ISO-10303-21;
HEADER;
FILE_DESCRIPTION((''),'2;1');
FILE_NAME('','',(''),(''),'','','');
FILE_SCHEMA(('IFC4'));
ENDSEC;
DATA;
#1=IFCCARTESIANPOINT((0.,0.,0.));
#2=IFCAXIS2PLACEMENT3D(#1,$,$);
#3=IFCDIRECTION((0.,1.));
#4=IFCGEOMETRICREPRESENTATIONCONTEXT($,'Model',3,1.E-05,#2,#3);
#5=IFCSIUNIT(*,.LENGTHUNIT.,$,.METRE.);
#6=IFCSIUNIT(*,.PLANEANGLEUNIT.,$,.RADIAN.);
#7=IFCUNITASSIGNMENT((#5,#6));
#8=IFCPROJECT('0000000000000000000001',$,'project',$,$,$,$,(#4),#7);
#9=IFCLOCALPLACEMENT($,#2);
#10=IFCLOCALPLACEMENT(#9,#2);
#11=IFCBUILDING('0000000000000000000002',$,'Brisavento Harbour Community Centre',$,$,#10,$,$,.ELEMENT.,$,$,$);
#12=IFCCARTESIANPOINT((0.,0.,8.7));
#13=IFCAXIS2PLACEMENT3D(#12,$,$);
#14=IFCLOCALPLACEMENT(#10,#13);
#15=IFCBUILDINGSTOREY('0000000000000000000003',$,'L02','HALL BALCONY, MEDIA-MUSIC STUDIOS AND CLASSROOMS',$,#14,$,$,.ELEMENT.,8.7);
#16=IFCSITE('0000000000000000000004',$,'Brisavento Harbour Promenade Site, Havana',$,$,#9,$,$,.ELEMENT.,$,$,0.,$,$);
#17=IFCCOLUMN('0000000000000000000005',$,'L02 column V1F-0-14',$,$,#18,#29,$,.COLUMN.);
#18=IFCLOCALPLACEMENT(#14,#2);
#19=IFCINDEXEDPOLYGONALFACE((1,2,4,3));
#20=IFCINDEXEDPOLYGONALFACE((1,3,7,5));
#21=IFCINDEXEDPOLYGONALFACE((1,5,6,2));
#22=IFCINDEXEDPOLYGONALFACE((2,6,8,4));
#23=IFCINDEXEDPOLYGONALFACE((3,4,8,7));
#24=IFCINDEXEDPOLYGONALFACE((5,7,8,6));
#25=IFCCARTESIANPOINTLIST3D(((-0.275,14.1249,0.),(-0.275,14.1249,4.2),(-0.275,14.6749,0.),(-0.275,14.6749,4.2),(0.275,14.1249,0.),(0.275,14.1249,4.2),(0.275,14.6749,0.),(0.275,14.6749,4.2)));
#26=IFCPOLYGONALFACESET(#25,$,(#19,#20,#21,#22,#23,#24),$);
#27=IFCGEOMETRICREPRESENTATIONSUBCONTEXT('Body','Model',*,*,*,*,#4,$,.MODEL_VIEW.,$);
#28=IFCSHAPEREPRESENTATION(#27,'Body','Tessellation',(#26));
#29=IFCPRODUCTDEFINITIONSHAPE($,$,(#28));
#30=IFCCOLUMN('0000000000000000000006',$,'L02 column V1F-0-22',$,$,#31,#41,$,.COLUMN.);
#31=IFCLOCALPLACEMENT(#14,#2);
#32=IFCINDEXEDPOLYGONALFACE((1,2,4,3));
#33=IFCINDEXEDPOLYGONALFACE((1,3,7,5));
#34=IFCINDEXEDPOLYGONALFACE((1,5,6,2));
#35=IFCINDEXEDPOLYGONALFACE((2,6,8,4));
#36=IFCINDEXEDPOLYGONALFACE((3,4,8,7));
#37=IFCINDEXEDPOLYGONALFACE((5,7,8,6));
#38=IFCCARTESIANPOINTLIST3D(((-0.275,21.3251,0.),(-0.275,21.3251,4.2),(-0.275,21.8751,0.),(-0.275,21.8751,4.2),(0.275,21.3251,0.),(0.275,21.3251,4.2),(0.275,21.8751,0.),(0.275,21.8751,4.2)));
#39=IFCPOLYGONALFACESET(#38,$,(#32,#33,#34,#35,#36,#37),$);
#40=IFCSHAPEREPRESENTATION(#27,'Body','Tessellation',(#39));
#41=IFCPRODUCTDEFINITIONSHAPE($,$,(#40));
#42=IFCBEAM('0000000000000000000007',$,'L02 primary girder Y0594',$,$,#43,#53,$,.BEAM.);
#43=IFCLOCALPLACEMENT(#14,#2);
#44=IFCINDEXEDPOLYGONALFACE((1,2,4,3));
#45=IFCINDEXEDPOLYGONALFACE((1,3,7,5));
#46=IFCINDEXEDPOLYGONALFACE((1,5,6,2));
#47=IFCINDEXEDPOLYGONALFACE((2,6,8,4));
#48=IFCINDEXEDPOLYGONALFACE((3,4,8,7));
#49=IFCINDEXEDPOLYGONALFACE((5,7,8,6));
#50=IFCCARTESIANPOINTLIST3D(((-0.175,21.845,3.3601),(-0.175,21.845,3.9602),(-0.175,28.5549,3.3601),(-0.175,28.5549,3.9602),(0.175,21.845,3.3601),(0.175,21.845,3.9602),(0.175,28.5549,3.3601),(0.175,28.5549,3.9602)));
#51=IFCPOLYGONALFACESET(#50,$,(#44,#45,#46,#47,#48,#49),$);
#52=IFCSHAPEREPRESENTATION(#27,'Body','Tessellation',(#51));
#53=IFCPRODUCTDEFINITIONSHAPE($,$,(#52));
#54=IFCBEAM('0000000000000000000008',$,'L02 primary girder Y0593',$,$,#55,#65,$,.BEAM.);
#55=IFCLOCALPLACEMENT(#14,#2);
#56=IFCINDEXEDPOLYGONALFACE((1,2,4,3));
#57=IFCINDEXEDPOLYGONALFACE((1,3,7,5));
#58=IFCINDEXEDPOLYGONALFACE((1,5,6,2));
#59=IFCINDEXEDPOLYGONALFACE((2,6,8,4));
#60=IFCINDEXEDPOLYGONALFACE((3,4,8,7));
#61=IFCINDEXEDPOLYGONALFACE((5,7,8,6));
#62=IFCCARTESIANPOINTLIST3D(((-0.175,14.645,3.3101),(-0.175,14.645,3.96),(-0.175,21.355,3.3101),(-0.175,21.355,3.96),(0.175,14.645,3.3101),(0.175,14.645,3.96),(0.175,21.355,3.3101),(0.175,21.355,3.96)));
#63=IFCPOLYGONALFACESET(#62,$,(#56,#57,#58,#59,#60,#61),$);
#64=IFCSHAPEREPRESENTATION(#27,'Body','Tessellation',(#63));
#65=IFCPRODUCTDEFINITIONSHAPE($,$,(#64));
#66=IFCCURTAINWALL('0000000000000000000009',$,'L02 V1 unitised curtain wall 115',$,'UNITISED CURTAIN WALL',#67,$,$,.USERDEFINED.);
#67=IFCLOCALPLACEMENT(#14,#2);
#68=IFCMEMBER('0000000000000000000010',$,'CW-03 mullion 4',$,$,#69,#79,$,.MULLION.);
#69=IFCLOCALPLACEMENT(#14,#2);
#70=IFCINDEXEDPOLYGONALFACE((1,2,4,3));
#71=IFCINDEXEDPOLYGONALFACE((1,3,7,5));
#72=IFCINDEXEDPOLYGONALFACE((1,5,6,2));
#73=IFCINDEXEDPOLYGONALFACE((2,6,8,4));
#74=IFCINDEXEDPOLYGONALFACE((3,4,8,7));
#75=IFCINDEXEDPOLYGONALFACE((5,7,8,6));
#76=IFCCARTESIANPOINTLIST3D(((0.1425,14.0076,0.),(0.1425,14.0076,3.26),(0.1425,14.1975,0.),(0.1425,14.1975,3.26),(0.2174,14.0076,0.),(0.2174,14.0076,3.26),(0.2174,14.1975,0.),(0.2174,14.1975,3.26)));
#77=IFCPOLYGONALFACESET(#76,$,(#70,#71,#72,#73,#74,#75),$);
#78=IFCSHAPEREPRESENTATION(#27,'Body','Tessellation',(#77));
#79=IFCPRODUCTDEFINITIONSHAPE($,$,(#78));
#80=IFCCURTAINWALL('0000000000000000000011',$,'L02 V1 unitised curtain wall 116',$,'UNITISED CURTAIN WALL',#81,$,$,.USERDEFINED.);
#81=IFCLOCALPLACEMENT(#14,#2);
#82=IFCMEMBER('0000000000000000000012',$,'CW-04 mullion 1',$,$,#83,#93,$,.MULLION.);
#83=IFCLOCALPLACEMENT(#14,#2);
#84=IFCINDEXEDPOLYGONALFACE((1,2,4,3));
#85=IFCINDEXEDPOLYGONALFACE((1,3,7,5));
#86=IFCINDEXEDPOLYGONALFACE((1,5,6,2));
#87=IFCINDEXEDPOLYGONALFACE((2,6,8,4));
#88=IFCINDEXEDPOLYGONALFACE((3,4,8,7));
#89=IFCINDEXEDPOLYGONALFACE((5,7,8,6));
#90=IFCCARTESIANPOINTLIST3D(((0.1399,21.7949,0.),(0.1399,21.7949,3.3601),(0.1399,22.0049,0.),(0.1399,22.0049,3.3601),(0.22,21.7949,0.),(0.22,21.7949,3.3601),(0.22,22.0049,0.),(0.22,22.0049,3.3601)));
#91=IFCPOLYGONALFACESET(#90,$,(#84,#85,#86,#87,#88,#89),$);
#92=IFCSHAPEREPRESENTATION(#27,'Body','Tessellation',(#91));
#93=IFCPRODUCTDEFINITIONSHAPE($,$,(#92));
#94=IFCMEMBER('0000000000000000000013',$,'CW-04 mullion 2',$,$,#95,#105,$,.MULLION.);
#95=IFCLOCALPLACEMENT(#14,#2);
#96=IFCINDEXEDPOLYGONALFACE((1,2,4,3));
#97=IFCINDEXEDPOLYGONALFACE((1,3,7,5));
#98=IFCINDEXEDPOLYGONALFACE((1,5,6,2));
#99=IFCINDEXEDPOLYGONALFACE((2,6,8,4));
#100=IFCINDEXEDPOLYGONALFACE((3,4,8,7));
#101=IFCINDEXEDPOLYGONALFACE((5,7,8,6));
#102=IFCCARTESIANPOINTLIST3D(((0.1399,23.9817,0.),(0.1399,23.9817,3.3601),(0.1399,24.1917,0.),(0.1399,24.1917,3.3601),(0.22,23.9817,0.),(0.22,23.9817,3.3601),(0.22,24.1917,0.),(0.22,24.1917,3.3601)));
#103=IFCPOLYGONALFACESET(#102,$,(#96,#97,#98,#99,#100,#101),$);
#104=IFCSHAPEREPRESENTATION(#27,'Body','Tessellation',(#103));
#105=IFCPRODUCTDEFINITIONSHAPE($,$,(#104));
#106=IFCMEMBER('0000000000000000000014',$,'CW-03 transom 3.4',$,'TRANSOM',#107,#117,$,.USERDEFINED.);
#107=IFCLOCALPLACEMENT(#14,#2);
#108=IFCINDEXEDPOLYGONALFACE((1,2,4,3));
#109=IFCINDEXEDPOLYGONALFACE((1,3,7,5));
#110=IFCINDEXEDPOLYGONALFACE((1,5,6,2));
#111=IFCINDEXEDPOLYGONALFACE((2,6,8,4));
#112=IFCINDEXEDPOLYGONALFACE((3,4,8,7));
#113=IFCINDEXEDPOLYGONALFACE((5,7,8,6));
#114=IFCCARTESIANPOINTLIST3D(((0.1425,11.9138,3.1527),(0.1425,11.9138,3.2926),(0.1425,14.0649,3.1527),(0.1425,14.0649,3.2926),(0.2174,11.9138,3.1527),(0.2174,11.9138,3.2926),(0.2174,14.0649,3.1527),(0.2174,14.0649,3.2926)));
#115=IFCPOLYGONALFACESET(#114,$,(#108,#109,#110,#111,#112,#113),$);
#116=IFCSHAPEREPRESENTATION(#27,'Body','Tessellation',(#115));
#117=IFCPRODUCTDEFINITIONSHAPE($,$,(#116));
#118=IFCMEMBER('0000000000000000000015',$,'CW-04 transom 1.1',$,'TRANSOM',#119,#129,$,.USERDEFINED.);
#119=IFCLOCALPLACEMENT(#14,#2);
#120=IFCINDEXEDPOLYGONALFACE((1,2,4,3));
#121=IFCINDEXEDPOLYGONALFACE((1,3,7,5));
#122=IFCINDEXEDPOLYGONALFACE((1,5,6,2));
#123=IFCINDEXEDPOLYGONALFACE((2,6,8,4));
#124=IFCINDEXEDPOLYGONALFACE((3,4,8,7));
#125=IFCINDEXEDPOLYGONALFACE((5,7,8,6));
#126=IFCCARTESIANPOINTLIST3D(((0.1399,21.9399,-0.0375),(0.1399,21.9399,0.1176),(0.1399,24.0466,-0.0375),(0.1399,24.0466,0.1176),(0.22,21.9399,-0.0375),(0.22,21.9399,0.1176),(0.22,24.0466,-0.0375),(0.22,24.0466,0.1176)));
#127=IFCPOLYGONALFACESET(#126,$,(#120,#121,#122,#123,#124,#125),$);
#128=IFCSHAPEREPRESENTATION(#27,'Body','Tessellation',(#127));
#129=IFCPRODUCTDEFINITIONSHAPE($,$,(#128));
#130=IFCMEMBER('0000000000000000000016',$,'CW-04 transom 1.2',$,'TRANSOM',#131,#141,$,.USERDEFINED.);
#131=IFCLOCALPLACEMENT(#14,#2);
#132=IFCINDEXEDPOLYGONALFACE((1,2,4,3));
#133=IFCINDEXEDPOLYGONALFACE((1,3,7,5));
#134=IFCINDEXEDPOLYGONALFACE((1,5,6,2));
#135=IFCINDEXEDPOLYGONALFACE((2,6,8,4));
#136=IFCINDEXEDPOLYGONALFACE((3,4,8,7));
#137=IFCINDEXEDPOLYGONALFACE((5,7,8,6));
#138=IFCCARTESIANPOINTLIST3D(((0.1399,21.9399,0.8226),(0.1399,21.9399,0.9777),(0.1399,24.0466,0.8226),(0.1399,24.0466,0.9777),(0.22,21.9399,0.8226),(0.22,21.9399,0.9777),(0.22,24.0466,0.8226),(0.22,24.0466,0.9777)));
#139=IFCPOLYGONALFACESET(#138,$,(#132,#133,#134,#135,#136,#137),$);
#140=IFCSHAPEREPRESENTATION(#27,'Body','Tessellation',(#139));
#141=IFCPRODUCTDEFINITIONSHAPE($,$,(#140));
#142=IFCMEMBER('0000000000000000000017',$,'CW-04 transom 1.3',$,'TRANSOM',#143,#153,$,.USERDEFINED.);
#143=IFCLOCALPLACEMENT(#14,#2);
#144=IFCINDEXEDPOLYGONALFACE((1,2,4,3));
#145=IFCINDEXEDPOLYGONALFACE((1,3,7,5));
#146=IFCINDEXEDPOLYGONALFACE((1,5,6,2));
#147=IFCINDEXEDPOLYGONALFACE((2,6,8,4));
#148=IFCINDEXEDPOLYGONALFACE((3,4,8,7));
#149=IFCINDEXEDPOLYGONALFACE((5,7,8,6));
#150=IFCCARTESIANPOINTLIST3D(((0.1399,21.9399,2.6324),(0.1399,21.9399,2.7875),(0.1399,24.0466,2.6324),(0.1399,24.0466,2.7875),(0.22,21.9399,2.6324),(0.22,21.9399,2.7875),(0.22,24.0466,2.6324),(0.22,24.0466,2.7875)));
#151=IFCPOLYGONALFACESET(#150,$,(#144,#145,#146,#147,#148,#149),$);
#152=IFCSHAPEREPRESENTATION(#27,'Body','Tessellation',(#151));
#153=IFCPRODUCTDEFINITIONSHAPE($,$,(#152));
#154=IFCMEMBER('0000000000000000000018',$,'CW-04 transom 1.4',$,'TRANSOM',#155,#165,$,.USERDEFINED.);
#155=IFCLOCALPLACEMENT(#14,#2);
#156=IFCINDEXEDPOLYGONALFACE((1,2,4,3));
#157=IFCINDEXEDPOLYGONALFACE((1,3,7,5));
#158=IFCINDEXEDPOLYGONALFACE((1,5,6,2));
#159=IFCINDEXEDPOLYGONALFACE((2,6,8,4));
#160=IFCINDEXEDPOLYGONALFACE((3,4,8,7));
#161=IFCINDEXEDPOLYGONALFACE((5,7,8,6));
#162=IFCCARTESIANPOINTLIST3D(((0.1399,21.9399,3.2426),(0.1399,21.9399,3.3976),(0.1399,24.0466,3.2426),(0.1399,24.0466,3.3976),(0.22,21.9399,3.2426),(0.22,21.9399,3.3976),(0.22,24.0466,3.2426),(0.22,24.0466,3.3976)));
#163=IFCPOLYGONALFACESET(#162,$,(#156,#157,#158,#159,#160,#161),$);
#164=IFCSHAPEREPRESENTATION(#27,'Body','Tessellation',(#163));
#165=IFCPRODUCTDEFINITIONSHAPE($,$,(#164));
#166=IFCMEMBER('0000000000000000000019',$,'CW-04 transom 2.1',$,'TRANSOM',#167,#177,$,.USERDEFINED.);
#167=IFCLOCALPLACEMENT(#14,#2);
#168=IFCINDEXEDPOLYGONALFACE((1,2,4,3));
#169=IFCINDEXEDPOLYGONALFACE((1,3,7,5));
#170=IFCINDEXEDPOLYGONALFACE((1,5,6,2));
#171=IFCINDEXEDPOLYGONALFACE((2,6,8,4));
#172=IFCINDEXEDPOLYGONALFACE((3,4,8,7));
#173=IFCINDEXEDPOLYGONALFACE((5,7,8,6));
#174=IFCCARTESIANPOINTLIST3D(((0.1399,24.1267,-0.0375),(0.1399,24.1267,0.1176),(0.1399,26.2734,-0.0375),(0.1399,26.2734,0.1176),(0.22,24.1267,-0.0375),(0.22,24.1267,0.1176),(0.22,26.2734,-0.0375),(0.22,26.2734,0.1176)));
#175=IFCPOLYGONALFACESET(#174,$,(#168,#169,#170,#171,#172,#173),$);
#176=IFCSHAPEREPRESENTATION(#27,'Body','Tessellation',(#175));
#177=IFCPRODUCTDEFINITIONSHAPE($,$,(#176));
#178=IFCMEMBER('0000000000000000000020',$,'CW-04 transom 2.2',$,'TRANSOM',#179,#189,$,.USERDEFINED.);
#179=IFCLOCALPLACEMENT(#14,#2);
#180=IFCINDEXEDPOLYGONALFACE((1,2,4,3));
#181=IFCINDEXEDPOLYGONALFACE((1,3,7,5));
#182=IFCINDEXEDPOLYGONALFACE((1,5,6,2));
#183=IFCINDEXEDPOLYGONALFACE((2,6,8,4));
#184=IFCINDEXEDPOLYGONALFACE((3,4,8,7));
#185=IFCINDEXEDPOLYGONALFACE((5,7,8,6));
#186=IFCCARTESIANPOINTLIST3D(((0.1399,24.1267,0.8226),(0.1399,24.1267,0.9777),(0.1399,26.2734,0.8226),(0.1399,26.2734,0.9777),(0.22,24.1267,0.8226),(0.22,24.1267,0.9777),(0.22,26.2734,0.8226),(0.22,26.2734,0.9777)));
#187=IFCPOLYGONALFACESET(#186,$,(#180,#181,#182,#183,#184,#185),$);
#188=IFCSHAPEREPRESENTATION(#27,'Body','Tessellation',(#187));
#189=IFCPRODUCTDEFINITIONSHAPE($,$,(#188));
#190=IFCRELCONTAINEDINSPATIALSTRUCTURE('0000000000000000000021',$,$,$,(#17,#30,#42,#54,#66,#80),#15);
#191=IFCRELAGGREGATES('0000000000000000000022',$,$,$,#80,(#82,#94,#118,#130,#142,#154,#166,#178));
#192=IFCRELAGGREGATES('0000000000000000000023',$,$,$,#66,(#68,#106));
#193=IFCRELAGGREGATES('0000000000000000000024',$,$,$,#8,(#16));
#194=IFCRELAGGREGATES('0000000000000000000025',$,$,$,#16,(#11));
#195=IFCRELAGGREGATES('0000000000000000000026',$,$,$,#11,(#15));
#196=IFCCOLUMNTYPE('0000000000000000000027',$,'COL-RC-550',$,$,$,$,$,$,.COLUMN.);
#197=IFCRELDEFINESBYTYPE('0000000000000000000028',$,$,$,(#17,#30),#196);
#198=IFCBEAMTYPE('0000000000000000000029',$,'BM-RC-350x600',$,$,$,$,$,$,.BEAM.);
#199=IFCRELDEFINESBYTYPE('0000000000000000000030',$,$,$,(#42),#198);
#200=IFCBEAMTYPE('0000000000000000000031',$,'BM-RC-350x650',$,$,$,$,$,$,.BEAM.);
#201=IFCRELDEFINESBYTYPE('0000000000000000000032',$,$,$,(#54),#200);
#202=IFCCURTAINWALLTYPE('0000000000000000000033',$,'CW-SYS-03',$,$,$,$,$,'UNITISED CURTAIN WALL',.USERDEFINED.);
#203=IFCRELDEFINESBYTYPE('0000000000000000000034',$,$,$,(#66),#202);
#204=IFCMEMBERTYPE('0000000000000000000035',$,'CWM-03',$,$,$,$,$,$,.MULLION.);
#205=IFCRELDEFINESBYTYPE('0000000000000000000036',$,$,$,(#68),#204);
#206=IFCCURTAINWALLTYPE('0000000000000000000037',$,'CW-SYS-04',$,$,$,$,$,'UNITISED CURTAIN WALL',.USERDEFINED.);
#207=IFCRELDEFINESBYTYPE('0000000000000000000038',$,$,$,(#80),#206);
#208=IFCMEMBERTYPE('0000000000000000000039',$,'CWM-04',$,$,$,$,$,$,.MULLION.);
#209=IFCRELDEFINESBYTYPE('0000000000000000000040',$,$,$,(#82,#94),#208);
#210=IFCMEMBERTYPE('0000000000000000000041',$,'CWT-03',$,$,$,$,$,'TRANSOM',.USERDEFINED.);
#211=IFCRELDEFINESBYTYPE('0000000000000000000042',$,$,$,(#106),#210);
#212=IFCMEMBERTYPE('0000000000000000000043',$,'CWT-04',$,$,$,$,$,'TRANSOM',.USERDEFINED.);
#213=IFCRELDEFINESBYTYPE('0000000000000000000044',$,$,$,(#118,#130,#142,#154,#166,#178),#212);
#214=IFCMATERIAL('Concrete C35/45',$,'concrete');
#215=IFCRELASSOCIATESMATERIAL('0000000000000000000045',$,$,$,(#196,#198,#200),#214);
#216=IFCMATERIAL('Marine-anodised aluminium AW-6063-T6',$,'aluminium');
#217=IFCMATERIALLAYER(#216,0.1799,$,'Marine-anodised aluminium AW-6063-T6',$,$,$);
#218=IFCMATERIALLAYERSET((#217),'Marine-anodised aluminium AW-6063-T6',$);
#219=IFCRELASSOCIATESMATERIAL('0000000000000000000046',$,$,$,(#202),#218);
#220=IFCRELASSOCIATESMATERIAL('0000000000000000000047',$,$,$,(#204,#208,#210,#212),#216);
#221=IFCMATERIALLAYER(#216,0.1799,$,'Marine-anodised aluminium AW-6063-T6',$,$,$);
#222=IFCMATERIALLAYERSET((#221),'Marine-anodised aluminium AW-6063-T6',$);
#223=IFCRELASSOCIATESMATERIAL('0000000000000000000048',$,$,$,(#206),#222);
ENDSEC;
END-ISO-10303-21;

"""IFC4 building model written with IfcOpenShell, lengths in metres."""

from ifc_helpers import new_model, si_unit, direction, frame, origin, origin_2d, place, context, subcontext, project, spatial, rectangle, extrude, material, layer, layer_set, material_profile, profile_set, type_object, element, aggregate, save


model = new_model("IFC4")

# Units and contexts
model_context = context("Model", 3, precision=1e-05, world=origin(), true_north=direction((0.0, 1.0)))
body_context = subcontext(model_context, "Body", "Model", "MODEL_VIEW")
ifc_project = project(units=[si_unit("LENGTHUNIT", "METRE"), si_unit("PLANEANGLEUNIT", "RADIAN")], contexts=[model_context])

# Site, building, storey
site_placement = place(None, origin())
site = spatial("IfcSite", under=ifc_project, at=site_placement, Name="Brisavento Harbour Promenade Site, Havana", CompositionType="ELEMENT", RefElevation=0.0)
building_placement = place(site_placement, origin())
building = spatial("IfcBuilding", under=site, at=building_placement, Name="Brisavento Harbour Community Centre", CompositionType="ELEMENT")
storey_placement = place(building_placement, frame((0.0, 0.0, 8.7)))
storey = spatial("IfcBuildingStorey", under=building, at=storey_placement, Name="L02", Description="HALL BALCONY, MEDIA-MUSIC STUDIOS AND CLASSROOMS", CompositionType="ELEMENT", Elevation=8.7)

# Columns
ifc_material_1 = material(Name="Concrete C35/45", Category="concrete")
ifc_material_profile_1 = material_profile(ifc_material_1, rectangle(XDim=0.55, YDim=0.55, at=origin_2d()), Name="Concrete C35/45")
ifc_profile_set_1 = profile_set([ifc_material_profile_1], Name="Concrete C35/45")
column_type = type_object("IfcColumnType", Name="COL-RC-550", PredefinedType="COLUMN", material=ifc_profile_set_1)
for number, where, z_axis, x_axis, name in (
    (1, (0.0, 14.3999, 0.0), (0.0, 0.0, 1.0), (1.0, 0.0, 0.0), "L02 column V1F-0-14"),
    (2, (0.0, 21.6001, 0.0), (0.0, 0.0, 1.0), (1.0, 0.0, 0.0), "L02 column V1F-0-22"),
):
    element("IfcColumn", number, at=place(storey_placement, frame(where, z_axis=z_axis, x_axis=x_axis)), inside=storey, type_object=column_type, Name=name, PredefinedType="COLUMN", context=body_context, shape_type="SweptSolid", body=[
        extrude(rectangle(XDim=0.55, YDim=0.55, at=origin_2d()), origin(), (0.0, 0.0, 1.0), 4.2),
    ])

# Beams
ifc_material_profile_2 = material_profile(ifc_material_1, rectangle(XDim=0.3501, YDim=0.6001, at=origin_2d()), Name="Concrete C35/45")
ifc_profile_set_2 = profile_set([ifc_material_profile_2], Name="Concrete C35/45")
beam_type_1 = type_object("IfcBeamType", Name="BM-RC-350x600", PredefinedType="BEAM", material=ifc_profile_set_2)
beam_1_placement = place(storey_placement, frame((0.0, 21.845, 3.6602), z_axis=(0.0, 1.0, 0.0), x_axis=(-1.0, 0.0, 0.0)))
element("IfcBeam", 3, at=beam_1_placement, inside=storey, type_object=beam_type_1, Name="L02 primary girder Y0594", PredefinedType="BEAM", context=body_context, shape_type="SweptSolid", body=[
    extrude(rectangle(XDim=0.3501, YDim=0.6001, at=origin_2d()), origin(), (0.0, 0.0, 1.0), 6.71),
])
ifc_material_profile_3 = material_profile(ifc_material_1, rectangle(XDim=0.3501, YDim=0.6499, at=origin_2d()), Name="Concrete C35/45")
ifc_profile_set_3 = profile_set([ifc_material_profile_3], Name="Concrete C35/45")
beam_type_2 = type_object("IfcBeamType", Name="BM-RC-350x650", PredefinedType="BEAM", material=ifc_profile_set_3)
beam_2_placement = place(storey_placement, frame((0.0, 14.645, 3.635), z_axis=(0.0, 1.0, 0.0), x_axis=(-1.0, 0.0, 0.0)))
element("IfcBeam", 4, at=beam_2_placement, inside=storey, type_object=beam_type_2, Name="L02 primary girder Y0593", PredefinedType="BEAM", context=body_context, shape_type="SweptSolid", body=[
    extrude(rectangle(XDim=0.3501, YDim=0.6499, at=origin_2d()), origin(), (0.0, 0.0, 1.0), 6.71),
])

# Curtain wall, member
ifc_material_2 = material(Name="Marine-anodised aluminium AW-6063-T6", Category="aluminium")
ifc_layer_1 = layer(ifc_material_2, 0.1799, Name="Marine-anodised aluminium AW-6063-T6")
ifc_layer_set_1 = layer_set([ifc_layer_1], Name="Marine-anodised aluminium AW-6063-T6")
curtain_wall_type_1 = type_object("IfcCurtainWallType", Name="CW-SYS-03", ElementType="UNITISED CURTAIN WALL", PredefinedType="USERDEFINED", material=ifc_layer_set_1)
curtain_wall_1_placement = place(storey_placement, origin())
curtain_wall_1 = element("IfcCurtainWall", 5, at=curtain_wall_1_placement, inside=storey, type_object=curtain_wall_type_1, Name="L02 V1 unitised curtain wall 115", ObjectType="UNITISED CURTAIN WALL", PredefinedType="USERDEFINED")
ifc_material_profile_4 = material_profile(ifc_material_2, rectangle(XDim=0.075, YDim=0.1899, at=origin_2d()), Name="Marine-anodised aluminium AW-6063-T6")
ifc_profile_set_4 = profile_set([ifc_material_profile_4], Name="Marine-anodised aluminium AW-6063-T6")
member_type_1 = type_object("IfcMemberType", Name="CWM-03", PredefinedType="MULLION", material=ifc_profile_set_4)
member_1_placement = place(storey_placement, frame((0.1799, 14.1025, 0.0), z_axis=(0.0, 0.0, 1.0), x_axis=(-1.0, 0.0, 0.0)))
member_1 = element("IfcMember", 6, at=member_1_placement, type_object=member_type_1, Name="CW-03 mullion 4", PredefinedType="MULLION", context=body_context, shape_type="SweptSolid", body=[
    extrude(rectangle(XDim=0.075, YDim=0.1899, at=origin_2d()), origin(), (0.0, 0.0, 1.0), 3.26),
])

# Curtain wall, members
ifc_layer_2 = layer(ifc_material_2, 0.1799, Name="Marine-anodised aluminium AW-6063-T6")
ifc_layer_set_2 = layer_set([ifc_layer_2], Name="Marine-anodised aluminium AW-6063-T6")
curtain_wall_type_2 = type_object("IfcCurtainWallType", Name="CW-SYS-04", ElementType="UNITISED CURTAIN WALL", PredefinedType="USERDEFINED", material=ifc_layer_set_2)
curtain_wall_2_placement = place(storey_placement, origin())
curtain_wall_2 = element("IfcCurtainWall", 7, at=curtain_wall_2_placement, inside=storey, type_object=curtain_wall_type_2, Name="L02 V1 unitised curtain wall 116", ObjectType="UNITISED CURTAIN WALL", PredefinedType="USERDEFINED")
ifc_material_profile_5 = material_profile(ifc_material_2, rectangle(XDim=0.0801, YDim=0.21, at=origin_2d()), Name="Marine-anodised aluminium AW-6063-T6")
ifc_profile_set_5 = profile_set([ifc_material_profile_5], Name="Marine-anodised aluminium AW-6063-T6")
member_type_2 = type_object("IfcMemberType", Name="CWM-04", PredefinedType="MULLION", material=ifc_profile_set_5)
member_2_placement = place(storey_placement, frame((0.1799, 21.8999, 0.0), z_axis=(0.0, 0.0, 1.0), x_axis=(-1.0, 0.0, 0.0)))
member_2 = element("IfcMember", 8, at=member_2_placement, type_object=member_type_2, Name="CW-04 mullion 1", PredefinedType="MULLION", context=body_context, shape_type="SweptSolid", body=[
    extrude(rectangle(XDim=0.0801, YDim=0.21, at=origin_2d()), origin(), (0.0, 0.0, 1.0), 3.3601),
])
member_3_placement = place(storey_placement, frame((0.1799, 24.0867, 0.0), z_axis=(0.0, 0.0, 1.0), x_axis=(-1.0, 0.0, 0.0)))
member_3 = element("IfcMember", 9, at=member_3_placement, type_object=member_type_2, Name="CW-04 mullion 2", PredefinedType="MULLION", context=body_context, shape_type="SweptSolid", body=[
    extrude(rectangle(XDim=0.0801, YDim=0.21, at=origin_2d()), origin(), (0.0, 0.0, 1.0), 3.3601),
])

# Members
ifc_material_profile_6 = material_profile(ifc_material_2, rectangle(XDim=0.075, YDim=0.1399, at=origin_2d()), Name="Marine-anodised aluminium AW-6063-T6")
ifc_profile_set_6 = profile_set([ifc_material_profile_6], Name="Marine-anodised aluminium AW-6063-T6")
member_type_3 = type_object("IfcMemberType", Name="CWT-03", ElementType="TRANSOM", PredefinedType="USERDEFINED", material=ifc_profile_set_6)
member_4_placement = place(storey_placement, frame((0.1799, 11.9138, 3.2227), z_axis=(0.0, 1.0, 0.0), x_axis=(-1.0, 0.0, 0.0)))
member_4 = element("IfcMember", 10, at=member_4_placement, type_object=member_type_3, Name="CW-03 transom 3.4", ObjectType="TRANSOM", PredefinedType="USERDEFINED", context=body_context, shape_type="SweptSolid", body=[
    extrude(rectangle(XDim=0.075, YDim=0.1399, at=origin_2d()), origin(), (0.0, 0.0, 1.0), 2.1511),
])
ifc_material_profile_7 = material_profile(ifc_material_2, rectangle(XDim=0.0801, YDim=0.155, at=origin_2d()), Name="Marine-anodised aluminium AW-6063-T6")
ifc_profile_set_7 = profile_set([ifc_material_profile_7], Name="Marine-anodised aluminium AW-6063-T6")
member_type_4 = type_object("IfcMemberType", Name="CWT-04", ElementType="TRANSOM", PredefinedType="USERDEFINED", material=ifc_profile_set_7)
member_5_placement = place(storey_placement, frame((0.1799, 21.9399, 0.04), z_axis=(0.0, 1.0, 0.0), x_axis=(-1.0, 0.0, 0.0)))
member_5 = element("IfcMember", 11, at=member_5_placement, type_object=member_type_4, Name="CW-04 transom 1.1", ObjectType="TRANSOM", PredefinedType="USERDEFINED", context=body_context, shape_type="SweptSolid", body=[
    extrude(rectangle(XDim=0.0801, YDim=0.155, at=origin_2d()), origin(), (0.0, 0.0, 1.0), 2.1067),
])
member_6_placement = place(storey_placement, frame((0.1799, 21.9399, 0.9001), z_axis=(0.0, 1.0, 0.0), x_axis=(-1.0, 0.0, 0.0)))
member_6 = element("IfcMember", 12, at=member_6_placement, type_object=member_type_4, Name="CW-04 transom 1.2", ObjectType="TRANSOM", PredefinedType="USERDEFINED", context=body_context, shape_type="SweptSolid", body=[
    extrude(rectangle(XDim=0.0801, YDim=0.155, at=origin_2d()), origin(), (0.0, 0.0, 1.0), 2.1067),
])
member_7_placement = place(storey_placement, frame((0.1799, 21.9399, 2.71), z_axis=(0.0, 1.0, 0.0), x_axis=(-1.0, 0.0, 0.0)))
member_7 = element("IfcMember", 13, at=member_7_placement, type_object=member_type_4, Name="CW-04 transom 1.3", ObjectType="TRANSOM", PredefinedType="USERDEFINED", context=body_context, shape_type="SweptSolid", body=[
    extrude(rectangle(XDim=0.0801, YDim=0.155, at=origin_2d()), origin(), (0.0, 0.0, 1.0), 2.1067),
])
member_8_placement = place(storey_placement, frame((0.1799, 21.9399, 3.3201), z_axis=(0.0, 1.0, 0.0), x_axis=(-1.0, 0.0, 0.0)))
member_8 = element("IfcMember", 14, at=member_8_placement, type_object=member_type_4, Name="CW-04 transom 1.4", ObjectType="TRANSOM", PredefinedType="USERDEFINED", context=body_context, shape_type="SweptSolid", body=[
    extrude(rectangle(XDim=0.0801, YDim=0.155, at=origin_2d()), origin(), (0.0, 0.0, 1.0), 2.1067),
])
member_9_placement = place(storey_placement, frame((0.1799, 24.1267, 0.04), z_axis=(0.0, 1.0, 0.0), x_axis=(-1.0, 0.0, 0.0)))
member_9 = element("IfcMember", 15, at=member_9_placement, type_object=member_type_4, Name="CW-04 transom 2.1", ObjectType="TRANSOM", PredefinedType="USERDEFINED", context=body_context, shape_type="SweptSolid", body=[
    extrude(rectangle(XDim=0.0801, YDim=0.155, at=origin_2d()), origin(), (0.0, 0.0, 1.0), 2.1467),
])
member_10_placement = place(storey_placement, frame((0.1799, 24.1267, 0.9001), z_axis=(0.0, 1.0, 0.0), x_axis=(-1.0, 0.0, 0.0)))
member_10 = element("IfcMember", 16, at=member_10_placement, type_object=member_type_4, Name="CW-04 transom 2.2", ObjectType="TRANSOM", PredefinedType="USERDEFINED", context=body_context, shape_type="SweptSolid", body=[
    extrude(rectangle(XDim=0.0801, YDim=0.155, at=origin_2d()), origin(), (0.0, 0.0, 1.0), 2.1467),
])

aggregate(curtain_wall_2, [member_2, member_3, member_5, member_6, member_7, member_8, member_9, member_10])
aggregate(curtain_wall_1, [member_1, member_4])

save(model, "model.ifc")
